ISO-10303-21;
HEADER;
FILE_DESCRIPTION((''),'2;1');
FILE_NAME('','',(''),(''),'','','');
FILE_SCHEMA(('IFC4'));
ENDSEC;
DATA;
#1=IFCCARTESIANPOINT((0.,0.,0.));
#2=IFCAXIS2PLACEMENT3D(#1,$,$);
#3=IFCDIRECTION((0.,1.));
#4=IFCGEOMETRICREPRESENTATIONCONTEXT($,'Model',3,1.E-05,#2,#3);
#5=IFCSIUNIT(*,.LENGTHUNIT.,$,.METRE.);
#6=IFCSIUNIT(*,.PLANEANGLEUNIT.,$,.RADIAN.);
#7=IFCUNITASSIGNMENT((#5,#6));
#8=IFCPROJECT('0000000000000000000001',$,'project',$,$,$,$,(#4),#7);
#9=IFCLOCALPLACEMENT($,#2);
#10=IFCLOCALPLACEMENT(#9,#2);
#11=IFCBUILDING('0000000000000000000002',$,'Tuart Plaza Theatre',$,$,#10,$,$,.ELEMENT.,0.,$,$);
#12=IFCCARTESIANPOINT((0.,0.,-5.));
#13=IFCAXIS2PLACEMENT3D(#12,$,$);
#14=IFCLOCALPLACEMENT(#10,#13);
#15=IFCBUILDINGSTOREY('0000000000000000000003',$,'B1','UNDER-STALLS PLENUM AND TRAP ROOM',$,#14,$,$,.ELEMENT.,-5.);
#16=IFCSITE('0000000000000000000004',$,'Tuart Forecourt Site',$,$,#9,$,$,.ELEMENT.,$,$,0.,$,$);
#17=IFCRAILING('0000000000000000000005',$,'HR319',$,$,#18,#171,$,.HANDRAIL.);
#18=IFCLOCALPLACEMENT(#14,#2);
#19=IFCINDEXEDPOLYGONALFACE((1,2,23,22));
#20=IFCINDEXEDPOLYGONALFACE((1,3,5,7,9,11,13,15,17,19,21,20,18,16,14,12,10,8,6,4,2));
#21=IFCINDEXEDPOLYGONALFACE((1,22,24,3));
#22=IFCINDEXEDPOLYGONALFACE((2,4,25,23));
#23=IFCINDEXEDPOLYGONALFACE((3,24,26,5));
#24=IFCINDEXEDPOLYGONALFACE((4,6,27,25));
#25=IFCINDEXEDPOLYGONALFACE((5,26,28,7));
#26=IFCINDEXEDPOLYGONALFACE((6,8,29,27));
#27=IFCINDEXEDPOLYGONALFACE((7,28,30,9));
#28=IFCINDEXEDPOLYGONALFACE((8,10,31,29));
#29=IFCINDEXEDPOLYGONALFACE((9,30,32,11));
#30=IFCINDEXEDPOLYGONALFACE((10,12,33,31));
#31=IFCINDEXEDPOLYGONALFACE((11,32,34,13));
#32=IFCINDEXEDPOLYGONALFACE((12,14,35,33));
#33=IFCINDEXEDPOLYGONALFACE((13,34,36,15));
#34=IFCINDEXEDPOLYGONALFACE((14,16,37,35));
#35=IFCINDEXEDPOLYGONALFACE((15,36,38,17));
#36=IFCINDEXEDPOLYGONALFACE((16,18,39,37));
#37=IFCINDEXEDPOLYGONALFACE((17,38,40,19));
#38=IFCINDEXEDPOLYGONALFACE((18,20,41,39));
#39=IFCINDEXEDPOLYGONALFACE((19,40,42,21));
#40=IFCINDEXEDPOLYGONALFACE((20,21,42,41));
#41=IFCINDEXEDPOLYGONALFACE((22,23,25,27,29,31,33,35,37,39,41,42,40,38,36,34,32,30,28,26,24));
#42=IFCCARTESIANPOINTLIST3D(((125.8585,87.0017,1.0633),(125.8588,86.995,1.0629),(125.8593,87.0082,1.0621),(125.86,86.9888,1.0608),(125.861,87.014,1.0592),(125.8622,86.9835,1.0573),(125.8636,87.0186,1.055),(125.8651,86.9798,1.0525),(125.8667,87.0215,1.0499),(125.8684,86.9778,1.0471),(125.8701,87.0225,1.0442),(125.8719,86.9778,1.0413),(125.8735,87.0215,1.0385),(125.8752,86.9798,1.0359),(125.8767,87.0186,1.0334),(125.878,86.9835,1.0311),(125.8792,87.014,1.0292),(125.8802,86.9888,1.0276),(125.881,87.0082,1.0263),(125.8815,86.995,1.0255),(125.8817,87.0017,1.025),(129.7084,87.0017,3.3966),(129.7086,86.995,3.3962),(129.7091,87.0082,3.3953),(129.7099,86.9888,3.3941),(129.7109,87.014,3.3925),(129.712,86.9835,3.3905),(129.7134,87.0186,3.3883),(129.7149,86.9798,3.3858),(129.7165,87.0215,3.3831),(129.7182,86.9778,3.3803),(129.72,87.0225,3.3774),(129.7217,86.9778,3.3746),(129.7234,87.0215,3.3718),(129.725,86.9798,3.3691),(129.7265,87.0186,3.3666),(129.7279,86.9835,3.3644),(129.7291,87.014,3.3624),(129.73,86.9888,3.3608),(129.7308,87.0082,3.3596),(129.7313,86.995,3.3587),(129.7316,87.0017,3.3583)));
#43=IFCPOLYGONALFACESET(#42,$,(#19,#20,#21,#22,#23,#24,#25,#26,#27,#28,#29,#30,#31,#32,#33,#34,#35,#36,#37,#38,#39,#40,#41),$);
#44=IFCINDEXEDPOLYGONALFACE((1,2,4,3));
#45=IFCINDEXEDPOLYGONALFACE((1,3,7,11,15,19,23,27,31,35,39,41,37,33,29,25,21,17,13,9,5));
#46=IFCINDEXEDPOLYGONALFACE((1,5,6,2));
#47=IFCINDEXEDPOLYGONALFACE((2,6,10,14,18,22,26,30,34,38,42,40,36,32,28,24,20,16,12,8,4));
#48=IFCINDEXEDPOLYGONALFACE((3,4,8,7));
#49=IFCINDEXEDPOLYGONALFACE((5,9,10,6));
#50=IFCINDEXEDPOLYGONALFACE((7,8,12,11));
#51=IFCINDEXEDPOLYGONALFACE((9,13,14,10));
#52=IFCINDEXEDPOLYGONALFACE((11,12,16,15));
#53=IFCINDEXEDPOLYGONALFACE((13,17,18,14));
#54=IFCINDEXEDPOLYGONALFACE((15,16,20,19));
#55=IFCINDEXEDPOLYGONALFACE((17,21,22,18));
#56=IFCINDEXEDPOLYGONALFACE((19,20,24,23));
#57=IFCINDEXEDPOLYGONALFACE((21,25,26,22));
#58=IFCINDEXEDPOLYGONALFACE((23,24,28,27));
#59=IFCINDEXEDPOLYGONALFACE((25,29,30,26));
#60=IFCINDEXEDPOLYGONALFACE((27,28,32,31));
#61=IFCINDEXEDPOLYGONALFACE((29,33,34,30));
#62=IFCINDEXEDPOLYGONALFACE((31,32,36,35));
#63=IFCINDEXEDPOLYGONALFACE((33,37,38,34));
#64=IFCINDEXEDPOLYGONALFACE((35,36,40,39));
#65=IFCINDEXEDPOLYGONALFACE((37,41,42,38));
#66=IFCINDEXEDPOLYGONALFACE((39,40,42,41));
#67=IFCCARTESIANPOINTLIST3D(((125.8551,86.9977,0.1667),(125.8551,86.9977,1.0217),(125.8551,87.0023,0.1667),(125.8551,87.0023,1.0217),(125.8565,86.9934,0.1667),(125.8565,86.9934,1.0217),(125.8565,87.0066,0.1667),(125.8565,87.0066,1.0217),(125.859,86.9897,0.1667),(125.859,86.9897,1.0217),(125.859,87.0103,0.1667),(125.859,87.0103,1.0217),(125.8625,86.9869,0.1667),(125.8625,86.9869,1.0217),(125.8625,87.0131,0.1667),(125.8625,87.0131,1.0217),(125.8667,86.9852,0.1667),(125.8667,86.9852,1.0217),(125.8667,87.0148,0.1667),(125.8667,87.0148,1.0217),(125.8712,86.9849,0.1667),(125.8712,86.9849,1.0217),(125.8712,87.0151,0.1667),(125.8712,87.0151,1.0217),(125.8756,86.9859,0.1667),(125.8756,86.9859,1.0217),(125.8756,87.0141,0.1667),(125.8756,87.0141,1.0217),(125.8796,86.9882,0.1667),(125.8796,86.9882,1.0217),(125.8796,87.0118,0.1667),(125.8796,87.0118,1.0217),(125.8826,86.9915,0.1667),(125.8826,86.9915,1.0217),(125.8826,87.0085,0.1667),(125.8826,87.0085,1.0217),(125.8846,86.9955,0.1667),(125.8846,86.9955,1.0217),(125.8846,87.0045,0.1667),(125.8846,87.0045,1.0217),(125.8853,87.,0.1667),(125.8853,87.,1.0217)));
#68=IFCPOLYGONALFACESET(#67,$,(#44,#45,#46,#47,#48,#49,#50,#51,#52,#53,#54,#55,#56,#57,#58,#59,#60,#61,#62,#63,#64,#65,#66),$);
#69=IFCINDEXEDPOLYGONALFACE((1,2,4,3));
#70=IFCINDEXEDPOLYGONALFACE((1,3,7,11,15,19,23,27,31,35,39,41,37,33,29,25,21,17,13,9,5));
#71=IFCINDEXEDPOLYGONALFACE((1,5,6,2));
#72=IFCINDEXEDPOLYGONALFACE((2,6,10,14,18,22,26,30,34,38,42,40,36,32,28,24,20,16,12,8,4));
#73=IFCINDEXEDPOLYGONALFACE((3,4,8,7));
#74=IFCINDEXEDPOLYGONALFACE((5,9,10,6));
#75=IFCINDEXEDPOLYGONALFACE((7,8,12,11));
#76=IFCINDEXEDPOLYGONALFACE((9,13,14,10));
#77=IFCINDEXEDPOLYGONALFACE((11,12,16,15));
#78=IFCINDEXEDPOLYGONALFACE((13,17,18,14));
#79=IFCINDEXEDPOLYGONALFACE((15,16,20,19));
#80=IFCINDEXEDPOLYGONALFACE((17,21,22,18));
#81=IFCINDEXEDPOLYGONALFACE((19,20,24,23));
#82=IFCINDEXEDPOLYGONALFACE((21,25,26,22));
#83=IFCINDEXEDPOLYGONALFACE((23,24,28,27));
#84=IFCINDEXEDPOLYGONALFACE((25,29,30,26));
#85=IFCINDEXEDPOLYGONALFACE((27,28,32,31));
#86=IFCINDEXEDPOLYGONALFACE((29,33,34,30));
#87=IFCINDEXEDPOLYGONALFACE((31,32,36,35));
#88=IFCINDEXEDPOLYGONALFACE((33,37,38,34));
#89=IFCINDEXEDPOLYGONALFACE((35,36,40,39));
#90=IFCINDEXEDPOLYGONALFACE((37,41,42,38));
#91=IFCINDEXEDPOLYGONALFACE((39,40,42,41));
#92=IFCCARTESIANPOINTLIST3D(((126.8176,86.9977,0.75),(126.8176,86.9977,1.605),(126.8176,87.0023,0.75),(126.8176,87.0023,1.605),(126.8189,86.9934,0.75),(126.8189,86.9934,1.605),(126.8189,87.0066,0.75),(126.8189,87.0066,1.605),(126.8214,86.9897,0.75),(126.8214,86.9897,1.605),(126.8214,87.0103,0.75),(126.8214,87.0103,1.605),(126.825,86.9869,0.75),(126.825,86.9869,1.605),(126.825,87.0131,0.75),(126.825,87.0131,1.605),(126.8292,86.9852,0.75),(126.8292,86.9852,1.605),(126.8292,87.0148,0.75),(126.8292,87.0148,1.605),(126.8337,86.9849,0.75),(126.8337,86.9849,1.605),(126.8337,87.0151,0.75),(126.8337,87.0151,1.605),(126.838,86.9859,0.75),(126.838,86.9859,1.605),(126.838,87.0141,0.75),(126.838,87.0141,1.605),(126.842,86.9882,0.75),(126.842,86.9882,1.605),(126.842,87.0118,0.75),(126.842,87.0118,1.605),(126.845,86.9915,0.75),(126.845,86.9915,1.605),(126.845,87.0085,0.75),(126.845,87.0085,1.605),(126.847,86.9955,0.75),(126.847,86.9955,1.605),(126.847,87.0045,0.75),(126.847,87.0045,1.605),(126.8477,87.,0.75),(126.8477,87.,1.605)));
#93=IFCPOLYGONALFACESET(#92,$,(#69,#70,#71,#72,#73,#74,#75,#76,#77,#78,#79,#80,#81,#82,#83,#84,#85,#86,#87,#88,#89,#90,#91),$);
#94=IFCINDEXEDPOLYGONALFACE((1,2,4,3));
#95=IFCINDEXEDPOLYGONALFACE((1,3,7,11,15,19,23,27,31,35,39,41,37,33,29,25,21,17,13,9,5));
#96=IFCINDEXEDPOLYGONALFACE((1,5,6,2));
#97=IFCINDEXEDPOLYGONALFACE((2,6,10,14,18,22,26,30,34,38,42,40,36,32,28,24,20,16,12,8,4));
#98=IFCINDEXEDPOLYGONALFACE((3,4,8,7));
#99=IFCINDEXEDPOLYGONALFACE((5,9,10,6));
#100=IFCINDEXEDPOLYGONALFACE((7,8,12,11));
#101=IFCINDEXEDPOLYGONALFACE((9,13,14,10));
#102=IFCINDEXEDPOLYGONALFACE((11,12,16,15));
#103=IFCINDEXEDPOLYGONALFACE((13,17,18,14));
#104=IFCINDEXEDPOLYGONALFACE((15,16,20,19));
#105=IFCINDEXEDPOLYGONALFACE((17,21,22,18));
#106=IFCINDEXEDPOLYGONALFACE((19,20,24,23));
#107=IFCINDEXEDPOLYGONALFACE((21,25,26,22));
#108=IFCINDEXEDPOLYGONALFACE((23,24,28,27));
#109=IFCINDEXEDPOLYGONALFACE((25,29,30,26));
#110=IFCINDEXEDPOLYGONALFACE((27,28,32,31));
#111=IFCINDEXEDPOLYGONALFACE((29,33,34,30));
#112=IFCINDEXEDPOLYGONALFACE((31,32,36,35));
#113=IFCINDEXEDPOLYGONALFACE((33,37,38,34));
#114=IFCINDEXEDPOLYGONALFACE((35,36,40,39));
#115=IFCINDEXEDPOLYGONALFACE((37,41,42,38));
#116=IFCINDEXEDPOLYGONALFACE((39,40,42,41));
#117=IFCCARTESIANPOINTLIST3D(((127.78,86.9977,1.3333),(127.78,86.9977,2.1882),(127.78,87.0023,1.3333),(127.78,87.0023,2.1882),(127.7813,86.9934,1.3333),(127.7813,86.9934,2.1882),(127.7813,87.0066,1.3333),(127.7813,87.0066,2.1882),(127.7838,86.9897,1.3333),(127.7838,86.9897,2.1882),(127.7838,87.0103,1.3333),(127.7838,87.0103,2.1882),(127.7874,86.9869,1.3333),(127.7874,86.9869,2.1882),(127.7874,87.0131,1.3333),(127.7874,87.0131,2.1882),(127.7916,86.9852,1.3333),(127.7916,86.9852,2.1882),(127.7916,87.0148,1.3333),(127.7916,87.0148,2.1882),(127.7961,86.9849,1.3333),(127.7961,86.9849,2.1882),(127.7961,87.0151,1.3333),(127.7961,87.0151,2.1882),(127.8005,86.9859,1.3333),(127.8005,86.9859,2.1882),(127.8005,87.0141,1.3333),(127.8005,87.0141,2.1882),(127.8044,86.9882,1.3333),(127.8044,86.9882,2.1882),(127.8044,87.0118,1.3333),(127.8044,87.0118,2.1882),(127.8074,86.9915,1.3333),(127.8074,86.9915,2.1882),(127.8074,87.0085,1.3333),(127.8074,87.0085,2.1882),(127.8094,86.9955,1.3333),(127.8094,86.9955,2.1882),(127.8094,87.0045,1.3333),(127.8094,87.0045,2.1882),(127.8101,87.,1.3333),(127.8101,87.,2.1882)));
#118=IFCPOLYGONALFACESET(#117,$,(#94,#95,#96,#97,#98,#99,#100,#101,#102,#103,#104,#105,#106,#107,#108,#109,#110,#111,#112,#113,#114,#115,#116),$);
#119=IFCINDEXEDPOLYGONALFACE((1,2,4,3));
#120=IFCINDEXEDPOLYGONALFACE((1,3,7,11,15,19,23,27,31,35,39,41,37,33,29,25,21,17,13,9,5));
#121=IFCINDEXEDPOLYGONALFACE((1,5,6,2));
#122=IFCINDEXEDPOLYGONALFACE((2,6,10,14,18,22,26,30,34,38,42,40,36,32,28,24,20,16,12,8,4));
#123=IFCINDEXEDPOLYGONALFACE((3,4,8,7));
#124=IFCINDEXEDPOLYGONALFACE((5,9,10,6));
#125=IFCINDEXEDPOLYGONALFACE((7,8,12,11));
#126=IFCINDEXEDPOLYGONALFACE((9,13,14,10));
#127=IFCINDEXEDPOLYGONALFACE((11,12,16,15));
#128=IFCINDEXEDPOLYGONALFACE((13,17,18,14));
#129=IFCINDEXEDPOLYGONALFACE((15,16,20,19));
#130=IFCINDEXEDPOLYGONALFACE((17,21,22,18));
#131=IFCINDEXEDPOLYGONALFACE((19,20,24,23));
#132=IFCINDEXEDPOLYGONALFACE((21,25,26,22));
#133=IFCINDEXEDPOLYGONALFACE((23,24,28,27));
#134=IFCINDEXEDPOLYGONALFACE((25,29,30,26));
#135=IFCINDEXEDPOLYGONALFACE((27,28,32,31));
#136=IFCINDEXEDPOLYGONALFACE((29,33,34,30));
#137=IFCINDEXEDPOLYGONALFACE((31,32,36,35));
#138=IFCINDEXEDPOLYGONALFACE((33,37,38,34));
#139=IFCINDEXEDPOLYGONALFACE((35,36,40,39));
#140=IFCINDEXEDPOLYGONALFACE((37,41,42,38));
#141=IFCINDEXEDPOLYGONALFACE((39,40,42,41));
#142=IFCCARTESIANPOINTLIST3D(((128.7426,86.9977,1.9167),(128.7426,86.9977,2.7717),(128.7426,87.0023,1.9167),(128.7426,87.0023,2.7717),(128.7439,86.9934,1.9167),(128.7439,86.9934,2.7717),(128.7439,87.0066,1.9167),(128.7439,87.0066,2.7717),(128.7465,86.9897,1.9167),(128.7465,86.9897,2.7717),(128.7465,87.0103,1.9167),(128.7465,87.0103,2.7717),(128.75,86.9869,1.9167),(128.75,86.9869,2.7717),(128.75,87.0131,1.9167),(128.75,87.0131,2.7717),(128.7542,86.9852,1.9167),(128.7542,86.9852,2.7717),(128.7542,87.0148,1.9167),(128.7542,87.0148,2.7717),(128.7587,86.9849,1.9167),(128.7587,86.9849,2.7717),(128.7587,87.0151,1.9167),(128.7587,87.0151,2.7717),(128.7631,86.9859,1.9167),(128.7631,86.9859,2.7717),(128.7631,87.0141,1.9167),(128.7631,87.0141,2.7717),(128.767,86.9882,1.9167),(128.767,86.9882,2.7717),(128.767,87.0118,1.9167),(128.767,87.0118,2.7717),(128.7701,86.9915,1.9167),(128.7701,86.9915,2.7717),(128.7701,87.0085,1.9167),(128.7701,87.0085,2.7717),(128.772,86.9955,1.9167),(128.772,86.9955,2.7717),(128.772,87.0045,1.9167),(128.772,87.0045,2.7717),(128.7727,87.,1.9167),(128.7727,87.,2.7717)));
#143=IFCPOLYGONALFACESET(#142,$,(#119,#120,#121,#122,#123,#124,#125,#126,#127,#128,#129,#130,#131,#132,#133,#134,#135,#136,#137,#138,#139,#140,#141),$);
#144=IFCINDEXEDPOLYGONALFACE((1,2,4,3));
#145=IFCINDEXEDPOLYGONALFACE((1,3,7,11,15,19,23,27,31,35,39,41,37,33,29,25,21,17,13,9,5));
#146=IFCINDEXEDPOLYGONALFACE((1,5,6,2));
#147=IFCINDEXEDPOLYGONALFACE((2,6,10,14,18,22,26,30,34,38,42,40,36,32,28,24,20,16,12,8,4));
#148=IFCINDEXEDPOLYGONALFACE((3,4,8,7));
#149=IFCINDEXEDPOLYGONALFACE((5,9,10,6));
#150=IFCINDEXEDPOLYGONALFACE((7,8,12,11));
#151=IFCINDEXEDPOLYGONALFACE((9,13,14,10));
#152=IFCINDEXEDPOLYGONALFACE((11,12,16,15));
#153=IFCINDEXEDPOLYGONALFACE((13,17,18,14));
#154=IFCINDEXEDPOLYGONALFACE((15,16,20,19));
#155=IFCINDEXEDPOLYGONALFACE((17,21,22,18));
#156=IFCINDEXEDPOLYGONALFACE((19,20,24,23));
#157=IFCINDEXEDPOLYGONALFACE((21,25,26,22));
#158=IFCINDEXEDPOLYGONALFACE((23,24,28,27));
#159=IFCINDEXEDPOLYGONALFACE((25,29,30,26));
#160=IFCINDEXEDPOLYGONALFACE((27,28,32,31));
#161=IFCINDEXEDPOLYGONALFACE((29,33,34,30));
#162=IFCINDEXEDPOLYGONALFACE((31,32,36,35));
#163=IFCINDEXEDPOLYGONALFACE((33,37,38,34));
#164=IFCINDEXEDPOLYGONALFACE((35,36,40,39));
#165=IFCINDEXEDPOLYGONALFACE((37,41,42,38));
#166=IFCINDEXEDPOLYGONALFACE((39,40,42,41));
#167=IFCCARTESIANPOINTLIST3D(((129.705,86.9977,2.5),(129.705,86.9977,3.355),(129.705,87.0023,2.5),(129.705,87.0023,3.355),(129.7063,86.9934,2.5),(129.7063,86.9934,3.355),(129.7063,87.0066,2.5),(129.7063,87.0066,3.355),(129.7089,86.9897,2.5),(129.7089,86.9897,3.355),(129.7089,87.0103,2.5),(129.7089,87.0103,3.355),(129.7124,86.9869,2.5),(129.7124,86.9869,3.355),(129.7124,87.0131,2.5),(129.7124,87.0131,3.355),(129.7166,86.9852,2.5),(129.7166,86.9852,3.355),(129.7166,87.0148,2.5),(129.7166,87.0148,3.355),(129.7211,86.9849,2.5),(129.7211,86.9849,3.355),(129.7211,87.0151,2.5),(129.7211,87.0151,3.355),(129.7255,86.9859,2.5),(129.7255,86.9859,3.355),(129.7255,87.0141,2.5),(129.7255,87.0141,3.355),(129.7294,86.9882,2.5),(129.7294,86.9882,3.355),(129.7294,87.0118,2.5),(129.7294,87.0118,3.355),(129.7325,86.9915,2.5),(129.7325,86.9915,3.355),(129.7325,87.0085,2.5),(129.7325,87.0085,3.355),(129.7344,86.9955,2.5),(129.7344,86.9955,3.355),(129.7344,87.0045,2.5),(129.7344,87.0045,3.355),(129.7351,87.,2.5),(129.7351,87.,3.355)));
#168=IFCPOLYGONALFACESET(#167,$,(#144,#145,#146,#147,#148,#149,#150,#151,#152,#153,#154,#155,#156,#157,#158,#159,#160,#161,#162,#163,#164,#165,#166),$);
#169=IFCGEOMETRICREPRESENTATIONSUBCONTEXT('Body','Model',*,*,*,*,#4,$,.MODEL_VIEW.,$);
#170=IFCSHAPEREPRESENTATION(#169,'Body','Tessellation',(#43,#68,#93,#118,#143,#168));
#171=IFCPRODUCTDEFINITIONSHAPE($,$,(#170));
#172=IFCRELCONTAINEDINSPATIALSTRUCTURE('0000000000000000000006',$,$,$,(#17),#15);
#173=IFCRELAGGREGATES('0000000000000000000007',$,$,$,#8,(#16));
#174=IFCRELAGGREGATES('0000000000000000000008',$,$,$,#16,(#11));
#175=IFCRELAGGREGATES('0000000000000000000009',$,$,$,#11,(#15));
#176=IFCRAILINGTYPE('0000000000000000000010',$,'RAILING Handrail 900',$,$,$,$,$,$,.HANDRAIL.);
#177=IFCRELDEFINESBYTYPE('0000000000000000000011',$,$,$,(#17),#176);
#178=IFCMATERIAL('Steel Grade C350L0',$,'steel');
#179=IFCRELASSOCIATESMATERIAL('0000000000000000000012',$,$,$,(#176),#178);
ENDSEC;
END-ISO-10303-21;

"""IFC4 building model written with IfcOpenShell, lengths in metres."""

from ifc_helpers import new_model, si_unit, direction, frame, origin, origin_2d, place, context, subcontext, project, spatial, circle, extrude, material, type_object, element, save


model = new_model("IFC4")

# Units and contexts
model_context = context("Model", 3, precision=1e-05, world=origin(), true_north=direction((0.0, 1.0)))
body_context = subcontext(model_context, "Body", "Model", "MODEL_VIEW")
ifc_project = project(units=[si_unit("LENGTHUNIT", "METRE"), si_unit("PLANEANGLEUNIT", "RADIAN")], contexts=[model_context])

# Site, building, storey
site_placement = place(None, origin())
site = spatial("IfcSite", under=ifc_project, at=site_placement, Name="Tuart Forecourt Site", CompositionType="ELEMENT", RefElevation=0.0)
building_placement = place(site_placement, origin())
building = spatial("IfcBuilding", under=site, at=building_placement, Name="Tuart Plaza Theatre", CompositionType="ELEMENT", ElevationOfRefHeight=0.0)
storey_placement = place(building_placement, frame((0.0, 0.0, -5.0)))
storey = spatial("IfcBuildingStorey", under=building, at=storey_placement, Name="B1", Description="UNDER-STALLS PLENUM AND TRAP ROOM", CompositionType="ELEMENT", Elevation=-5.0)

# Railing
ifc_material_1 = material(Name="Steel Grade C350L0", Category="steel")
railing_type_1 = type_object("IfcRailingType", Name="RAILING Handrail 900", PredefinedType="HANDRAIL", material=ifc_material_1)
for number, where, name in (
    (1, (125.8701, 87.0, 0.1667), "HR319"),
):
    element("IfcRailing", number, at=place(storey_placement, frame(where)), inside=storey, type_object=railing_type_1, Name=name, PredefinedType="HANDRAIL", context=body_context, shape_type="SweptSolid", body=[
        extrude(circle(Radius=0.0225, at=origin_2d()), frame((0.0, 0.0, 0.8774), z_axis=(0.855197, 0.0, 0.518303), x_axis=(0.0, 1.0, 0.0)), (0.0, 0.0, 1.0), 4.5017),
        extrude(circle(Radius=0.0151, at=origin_2d()), origin(), (0.0, 0.0, 1.0), 0.855),
        extrude(circle(Radius=0.0151, at=origin_2d()), frame((0.9624, 0.0, 0.5833)), (0.0, 0.0, 1.0), 0.855),
        extrude(circle(Radius=0.0151, at=origin_2d()), frame((1.9248, 0.0, 1.1665)), (0.0, 0.0, 1.0), 0.855),
        extrude(circle(Radius=0.0151, at=origin_2d()), frame((2.8875, 0.0, 1.75)), (0.0, 0.0, 1.0), 0.855),
        extrude(circle(Radius=0.0151, at=origin_2d()), frame((3.8499, 0.0, 2.3333)), (0.0, 0.0, 1.0), 0.855),
    ])

save(model, "model.ifc")
